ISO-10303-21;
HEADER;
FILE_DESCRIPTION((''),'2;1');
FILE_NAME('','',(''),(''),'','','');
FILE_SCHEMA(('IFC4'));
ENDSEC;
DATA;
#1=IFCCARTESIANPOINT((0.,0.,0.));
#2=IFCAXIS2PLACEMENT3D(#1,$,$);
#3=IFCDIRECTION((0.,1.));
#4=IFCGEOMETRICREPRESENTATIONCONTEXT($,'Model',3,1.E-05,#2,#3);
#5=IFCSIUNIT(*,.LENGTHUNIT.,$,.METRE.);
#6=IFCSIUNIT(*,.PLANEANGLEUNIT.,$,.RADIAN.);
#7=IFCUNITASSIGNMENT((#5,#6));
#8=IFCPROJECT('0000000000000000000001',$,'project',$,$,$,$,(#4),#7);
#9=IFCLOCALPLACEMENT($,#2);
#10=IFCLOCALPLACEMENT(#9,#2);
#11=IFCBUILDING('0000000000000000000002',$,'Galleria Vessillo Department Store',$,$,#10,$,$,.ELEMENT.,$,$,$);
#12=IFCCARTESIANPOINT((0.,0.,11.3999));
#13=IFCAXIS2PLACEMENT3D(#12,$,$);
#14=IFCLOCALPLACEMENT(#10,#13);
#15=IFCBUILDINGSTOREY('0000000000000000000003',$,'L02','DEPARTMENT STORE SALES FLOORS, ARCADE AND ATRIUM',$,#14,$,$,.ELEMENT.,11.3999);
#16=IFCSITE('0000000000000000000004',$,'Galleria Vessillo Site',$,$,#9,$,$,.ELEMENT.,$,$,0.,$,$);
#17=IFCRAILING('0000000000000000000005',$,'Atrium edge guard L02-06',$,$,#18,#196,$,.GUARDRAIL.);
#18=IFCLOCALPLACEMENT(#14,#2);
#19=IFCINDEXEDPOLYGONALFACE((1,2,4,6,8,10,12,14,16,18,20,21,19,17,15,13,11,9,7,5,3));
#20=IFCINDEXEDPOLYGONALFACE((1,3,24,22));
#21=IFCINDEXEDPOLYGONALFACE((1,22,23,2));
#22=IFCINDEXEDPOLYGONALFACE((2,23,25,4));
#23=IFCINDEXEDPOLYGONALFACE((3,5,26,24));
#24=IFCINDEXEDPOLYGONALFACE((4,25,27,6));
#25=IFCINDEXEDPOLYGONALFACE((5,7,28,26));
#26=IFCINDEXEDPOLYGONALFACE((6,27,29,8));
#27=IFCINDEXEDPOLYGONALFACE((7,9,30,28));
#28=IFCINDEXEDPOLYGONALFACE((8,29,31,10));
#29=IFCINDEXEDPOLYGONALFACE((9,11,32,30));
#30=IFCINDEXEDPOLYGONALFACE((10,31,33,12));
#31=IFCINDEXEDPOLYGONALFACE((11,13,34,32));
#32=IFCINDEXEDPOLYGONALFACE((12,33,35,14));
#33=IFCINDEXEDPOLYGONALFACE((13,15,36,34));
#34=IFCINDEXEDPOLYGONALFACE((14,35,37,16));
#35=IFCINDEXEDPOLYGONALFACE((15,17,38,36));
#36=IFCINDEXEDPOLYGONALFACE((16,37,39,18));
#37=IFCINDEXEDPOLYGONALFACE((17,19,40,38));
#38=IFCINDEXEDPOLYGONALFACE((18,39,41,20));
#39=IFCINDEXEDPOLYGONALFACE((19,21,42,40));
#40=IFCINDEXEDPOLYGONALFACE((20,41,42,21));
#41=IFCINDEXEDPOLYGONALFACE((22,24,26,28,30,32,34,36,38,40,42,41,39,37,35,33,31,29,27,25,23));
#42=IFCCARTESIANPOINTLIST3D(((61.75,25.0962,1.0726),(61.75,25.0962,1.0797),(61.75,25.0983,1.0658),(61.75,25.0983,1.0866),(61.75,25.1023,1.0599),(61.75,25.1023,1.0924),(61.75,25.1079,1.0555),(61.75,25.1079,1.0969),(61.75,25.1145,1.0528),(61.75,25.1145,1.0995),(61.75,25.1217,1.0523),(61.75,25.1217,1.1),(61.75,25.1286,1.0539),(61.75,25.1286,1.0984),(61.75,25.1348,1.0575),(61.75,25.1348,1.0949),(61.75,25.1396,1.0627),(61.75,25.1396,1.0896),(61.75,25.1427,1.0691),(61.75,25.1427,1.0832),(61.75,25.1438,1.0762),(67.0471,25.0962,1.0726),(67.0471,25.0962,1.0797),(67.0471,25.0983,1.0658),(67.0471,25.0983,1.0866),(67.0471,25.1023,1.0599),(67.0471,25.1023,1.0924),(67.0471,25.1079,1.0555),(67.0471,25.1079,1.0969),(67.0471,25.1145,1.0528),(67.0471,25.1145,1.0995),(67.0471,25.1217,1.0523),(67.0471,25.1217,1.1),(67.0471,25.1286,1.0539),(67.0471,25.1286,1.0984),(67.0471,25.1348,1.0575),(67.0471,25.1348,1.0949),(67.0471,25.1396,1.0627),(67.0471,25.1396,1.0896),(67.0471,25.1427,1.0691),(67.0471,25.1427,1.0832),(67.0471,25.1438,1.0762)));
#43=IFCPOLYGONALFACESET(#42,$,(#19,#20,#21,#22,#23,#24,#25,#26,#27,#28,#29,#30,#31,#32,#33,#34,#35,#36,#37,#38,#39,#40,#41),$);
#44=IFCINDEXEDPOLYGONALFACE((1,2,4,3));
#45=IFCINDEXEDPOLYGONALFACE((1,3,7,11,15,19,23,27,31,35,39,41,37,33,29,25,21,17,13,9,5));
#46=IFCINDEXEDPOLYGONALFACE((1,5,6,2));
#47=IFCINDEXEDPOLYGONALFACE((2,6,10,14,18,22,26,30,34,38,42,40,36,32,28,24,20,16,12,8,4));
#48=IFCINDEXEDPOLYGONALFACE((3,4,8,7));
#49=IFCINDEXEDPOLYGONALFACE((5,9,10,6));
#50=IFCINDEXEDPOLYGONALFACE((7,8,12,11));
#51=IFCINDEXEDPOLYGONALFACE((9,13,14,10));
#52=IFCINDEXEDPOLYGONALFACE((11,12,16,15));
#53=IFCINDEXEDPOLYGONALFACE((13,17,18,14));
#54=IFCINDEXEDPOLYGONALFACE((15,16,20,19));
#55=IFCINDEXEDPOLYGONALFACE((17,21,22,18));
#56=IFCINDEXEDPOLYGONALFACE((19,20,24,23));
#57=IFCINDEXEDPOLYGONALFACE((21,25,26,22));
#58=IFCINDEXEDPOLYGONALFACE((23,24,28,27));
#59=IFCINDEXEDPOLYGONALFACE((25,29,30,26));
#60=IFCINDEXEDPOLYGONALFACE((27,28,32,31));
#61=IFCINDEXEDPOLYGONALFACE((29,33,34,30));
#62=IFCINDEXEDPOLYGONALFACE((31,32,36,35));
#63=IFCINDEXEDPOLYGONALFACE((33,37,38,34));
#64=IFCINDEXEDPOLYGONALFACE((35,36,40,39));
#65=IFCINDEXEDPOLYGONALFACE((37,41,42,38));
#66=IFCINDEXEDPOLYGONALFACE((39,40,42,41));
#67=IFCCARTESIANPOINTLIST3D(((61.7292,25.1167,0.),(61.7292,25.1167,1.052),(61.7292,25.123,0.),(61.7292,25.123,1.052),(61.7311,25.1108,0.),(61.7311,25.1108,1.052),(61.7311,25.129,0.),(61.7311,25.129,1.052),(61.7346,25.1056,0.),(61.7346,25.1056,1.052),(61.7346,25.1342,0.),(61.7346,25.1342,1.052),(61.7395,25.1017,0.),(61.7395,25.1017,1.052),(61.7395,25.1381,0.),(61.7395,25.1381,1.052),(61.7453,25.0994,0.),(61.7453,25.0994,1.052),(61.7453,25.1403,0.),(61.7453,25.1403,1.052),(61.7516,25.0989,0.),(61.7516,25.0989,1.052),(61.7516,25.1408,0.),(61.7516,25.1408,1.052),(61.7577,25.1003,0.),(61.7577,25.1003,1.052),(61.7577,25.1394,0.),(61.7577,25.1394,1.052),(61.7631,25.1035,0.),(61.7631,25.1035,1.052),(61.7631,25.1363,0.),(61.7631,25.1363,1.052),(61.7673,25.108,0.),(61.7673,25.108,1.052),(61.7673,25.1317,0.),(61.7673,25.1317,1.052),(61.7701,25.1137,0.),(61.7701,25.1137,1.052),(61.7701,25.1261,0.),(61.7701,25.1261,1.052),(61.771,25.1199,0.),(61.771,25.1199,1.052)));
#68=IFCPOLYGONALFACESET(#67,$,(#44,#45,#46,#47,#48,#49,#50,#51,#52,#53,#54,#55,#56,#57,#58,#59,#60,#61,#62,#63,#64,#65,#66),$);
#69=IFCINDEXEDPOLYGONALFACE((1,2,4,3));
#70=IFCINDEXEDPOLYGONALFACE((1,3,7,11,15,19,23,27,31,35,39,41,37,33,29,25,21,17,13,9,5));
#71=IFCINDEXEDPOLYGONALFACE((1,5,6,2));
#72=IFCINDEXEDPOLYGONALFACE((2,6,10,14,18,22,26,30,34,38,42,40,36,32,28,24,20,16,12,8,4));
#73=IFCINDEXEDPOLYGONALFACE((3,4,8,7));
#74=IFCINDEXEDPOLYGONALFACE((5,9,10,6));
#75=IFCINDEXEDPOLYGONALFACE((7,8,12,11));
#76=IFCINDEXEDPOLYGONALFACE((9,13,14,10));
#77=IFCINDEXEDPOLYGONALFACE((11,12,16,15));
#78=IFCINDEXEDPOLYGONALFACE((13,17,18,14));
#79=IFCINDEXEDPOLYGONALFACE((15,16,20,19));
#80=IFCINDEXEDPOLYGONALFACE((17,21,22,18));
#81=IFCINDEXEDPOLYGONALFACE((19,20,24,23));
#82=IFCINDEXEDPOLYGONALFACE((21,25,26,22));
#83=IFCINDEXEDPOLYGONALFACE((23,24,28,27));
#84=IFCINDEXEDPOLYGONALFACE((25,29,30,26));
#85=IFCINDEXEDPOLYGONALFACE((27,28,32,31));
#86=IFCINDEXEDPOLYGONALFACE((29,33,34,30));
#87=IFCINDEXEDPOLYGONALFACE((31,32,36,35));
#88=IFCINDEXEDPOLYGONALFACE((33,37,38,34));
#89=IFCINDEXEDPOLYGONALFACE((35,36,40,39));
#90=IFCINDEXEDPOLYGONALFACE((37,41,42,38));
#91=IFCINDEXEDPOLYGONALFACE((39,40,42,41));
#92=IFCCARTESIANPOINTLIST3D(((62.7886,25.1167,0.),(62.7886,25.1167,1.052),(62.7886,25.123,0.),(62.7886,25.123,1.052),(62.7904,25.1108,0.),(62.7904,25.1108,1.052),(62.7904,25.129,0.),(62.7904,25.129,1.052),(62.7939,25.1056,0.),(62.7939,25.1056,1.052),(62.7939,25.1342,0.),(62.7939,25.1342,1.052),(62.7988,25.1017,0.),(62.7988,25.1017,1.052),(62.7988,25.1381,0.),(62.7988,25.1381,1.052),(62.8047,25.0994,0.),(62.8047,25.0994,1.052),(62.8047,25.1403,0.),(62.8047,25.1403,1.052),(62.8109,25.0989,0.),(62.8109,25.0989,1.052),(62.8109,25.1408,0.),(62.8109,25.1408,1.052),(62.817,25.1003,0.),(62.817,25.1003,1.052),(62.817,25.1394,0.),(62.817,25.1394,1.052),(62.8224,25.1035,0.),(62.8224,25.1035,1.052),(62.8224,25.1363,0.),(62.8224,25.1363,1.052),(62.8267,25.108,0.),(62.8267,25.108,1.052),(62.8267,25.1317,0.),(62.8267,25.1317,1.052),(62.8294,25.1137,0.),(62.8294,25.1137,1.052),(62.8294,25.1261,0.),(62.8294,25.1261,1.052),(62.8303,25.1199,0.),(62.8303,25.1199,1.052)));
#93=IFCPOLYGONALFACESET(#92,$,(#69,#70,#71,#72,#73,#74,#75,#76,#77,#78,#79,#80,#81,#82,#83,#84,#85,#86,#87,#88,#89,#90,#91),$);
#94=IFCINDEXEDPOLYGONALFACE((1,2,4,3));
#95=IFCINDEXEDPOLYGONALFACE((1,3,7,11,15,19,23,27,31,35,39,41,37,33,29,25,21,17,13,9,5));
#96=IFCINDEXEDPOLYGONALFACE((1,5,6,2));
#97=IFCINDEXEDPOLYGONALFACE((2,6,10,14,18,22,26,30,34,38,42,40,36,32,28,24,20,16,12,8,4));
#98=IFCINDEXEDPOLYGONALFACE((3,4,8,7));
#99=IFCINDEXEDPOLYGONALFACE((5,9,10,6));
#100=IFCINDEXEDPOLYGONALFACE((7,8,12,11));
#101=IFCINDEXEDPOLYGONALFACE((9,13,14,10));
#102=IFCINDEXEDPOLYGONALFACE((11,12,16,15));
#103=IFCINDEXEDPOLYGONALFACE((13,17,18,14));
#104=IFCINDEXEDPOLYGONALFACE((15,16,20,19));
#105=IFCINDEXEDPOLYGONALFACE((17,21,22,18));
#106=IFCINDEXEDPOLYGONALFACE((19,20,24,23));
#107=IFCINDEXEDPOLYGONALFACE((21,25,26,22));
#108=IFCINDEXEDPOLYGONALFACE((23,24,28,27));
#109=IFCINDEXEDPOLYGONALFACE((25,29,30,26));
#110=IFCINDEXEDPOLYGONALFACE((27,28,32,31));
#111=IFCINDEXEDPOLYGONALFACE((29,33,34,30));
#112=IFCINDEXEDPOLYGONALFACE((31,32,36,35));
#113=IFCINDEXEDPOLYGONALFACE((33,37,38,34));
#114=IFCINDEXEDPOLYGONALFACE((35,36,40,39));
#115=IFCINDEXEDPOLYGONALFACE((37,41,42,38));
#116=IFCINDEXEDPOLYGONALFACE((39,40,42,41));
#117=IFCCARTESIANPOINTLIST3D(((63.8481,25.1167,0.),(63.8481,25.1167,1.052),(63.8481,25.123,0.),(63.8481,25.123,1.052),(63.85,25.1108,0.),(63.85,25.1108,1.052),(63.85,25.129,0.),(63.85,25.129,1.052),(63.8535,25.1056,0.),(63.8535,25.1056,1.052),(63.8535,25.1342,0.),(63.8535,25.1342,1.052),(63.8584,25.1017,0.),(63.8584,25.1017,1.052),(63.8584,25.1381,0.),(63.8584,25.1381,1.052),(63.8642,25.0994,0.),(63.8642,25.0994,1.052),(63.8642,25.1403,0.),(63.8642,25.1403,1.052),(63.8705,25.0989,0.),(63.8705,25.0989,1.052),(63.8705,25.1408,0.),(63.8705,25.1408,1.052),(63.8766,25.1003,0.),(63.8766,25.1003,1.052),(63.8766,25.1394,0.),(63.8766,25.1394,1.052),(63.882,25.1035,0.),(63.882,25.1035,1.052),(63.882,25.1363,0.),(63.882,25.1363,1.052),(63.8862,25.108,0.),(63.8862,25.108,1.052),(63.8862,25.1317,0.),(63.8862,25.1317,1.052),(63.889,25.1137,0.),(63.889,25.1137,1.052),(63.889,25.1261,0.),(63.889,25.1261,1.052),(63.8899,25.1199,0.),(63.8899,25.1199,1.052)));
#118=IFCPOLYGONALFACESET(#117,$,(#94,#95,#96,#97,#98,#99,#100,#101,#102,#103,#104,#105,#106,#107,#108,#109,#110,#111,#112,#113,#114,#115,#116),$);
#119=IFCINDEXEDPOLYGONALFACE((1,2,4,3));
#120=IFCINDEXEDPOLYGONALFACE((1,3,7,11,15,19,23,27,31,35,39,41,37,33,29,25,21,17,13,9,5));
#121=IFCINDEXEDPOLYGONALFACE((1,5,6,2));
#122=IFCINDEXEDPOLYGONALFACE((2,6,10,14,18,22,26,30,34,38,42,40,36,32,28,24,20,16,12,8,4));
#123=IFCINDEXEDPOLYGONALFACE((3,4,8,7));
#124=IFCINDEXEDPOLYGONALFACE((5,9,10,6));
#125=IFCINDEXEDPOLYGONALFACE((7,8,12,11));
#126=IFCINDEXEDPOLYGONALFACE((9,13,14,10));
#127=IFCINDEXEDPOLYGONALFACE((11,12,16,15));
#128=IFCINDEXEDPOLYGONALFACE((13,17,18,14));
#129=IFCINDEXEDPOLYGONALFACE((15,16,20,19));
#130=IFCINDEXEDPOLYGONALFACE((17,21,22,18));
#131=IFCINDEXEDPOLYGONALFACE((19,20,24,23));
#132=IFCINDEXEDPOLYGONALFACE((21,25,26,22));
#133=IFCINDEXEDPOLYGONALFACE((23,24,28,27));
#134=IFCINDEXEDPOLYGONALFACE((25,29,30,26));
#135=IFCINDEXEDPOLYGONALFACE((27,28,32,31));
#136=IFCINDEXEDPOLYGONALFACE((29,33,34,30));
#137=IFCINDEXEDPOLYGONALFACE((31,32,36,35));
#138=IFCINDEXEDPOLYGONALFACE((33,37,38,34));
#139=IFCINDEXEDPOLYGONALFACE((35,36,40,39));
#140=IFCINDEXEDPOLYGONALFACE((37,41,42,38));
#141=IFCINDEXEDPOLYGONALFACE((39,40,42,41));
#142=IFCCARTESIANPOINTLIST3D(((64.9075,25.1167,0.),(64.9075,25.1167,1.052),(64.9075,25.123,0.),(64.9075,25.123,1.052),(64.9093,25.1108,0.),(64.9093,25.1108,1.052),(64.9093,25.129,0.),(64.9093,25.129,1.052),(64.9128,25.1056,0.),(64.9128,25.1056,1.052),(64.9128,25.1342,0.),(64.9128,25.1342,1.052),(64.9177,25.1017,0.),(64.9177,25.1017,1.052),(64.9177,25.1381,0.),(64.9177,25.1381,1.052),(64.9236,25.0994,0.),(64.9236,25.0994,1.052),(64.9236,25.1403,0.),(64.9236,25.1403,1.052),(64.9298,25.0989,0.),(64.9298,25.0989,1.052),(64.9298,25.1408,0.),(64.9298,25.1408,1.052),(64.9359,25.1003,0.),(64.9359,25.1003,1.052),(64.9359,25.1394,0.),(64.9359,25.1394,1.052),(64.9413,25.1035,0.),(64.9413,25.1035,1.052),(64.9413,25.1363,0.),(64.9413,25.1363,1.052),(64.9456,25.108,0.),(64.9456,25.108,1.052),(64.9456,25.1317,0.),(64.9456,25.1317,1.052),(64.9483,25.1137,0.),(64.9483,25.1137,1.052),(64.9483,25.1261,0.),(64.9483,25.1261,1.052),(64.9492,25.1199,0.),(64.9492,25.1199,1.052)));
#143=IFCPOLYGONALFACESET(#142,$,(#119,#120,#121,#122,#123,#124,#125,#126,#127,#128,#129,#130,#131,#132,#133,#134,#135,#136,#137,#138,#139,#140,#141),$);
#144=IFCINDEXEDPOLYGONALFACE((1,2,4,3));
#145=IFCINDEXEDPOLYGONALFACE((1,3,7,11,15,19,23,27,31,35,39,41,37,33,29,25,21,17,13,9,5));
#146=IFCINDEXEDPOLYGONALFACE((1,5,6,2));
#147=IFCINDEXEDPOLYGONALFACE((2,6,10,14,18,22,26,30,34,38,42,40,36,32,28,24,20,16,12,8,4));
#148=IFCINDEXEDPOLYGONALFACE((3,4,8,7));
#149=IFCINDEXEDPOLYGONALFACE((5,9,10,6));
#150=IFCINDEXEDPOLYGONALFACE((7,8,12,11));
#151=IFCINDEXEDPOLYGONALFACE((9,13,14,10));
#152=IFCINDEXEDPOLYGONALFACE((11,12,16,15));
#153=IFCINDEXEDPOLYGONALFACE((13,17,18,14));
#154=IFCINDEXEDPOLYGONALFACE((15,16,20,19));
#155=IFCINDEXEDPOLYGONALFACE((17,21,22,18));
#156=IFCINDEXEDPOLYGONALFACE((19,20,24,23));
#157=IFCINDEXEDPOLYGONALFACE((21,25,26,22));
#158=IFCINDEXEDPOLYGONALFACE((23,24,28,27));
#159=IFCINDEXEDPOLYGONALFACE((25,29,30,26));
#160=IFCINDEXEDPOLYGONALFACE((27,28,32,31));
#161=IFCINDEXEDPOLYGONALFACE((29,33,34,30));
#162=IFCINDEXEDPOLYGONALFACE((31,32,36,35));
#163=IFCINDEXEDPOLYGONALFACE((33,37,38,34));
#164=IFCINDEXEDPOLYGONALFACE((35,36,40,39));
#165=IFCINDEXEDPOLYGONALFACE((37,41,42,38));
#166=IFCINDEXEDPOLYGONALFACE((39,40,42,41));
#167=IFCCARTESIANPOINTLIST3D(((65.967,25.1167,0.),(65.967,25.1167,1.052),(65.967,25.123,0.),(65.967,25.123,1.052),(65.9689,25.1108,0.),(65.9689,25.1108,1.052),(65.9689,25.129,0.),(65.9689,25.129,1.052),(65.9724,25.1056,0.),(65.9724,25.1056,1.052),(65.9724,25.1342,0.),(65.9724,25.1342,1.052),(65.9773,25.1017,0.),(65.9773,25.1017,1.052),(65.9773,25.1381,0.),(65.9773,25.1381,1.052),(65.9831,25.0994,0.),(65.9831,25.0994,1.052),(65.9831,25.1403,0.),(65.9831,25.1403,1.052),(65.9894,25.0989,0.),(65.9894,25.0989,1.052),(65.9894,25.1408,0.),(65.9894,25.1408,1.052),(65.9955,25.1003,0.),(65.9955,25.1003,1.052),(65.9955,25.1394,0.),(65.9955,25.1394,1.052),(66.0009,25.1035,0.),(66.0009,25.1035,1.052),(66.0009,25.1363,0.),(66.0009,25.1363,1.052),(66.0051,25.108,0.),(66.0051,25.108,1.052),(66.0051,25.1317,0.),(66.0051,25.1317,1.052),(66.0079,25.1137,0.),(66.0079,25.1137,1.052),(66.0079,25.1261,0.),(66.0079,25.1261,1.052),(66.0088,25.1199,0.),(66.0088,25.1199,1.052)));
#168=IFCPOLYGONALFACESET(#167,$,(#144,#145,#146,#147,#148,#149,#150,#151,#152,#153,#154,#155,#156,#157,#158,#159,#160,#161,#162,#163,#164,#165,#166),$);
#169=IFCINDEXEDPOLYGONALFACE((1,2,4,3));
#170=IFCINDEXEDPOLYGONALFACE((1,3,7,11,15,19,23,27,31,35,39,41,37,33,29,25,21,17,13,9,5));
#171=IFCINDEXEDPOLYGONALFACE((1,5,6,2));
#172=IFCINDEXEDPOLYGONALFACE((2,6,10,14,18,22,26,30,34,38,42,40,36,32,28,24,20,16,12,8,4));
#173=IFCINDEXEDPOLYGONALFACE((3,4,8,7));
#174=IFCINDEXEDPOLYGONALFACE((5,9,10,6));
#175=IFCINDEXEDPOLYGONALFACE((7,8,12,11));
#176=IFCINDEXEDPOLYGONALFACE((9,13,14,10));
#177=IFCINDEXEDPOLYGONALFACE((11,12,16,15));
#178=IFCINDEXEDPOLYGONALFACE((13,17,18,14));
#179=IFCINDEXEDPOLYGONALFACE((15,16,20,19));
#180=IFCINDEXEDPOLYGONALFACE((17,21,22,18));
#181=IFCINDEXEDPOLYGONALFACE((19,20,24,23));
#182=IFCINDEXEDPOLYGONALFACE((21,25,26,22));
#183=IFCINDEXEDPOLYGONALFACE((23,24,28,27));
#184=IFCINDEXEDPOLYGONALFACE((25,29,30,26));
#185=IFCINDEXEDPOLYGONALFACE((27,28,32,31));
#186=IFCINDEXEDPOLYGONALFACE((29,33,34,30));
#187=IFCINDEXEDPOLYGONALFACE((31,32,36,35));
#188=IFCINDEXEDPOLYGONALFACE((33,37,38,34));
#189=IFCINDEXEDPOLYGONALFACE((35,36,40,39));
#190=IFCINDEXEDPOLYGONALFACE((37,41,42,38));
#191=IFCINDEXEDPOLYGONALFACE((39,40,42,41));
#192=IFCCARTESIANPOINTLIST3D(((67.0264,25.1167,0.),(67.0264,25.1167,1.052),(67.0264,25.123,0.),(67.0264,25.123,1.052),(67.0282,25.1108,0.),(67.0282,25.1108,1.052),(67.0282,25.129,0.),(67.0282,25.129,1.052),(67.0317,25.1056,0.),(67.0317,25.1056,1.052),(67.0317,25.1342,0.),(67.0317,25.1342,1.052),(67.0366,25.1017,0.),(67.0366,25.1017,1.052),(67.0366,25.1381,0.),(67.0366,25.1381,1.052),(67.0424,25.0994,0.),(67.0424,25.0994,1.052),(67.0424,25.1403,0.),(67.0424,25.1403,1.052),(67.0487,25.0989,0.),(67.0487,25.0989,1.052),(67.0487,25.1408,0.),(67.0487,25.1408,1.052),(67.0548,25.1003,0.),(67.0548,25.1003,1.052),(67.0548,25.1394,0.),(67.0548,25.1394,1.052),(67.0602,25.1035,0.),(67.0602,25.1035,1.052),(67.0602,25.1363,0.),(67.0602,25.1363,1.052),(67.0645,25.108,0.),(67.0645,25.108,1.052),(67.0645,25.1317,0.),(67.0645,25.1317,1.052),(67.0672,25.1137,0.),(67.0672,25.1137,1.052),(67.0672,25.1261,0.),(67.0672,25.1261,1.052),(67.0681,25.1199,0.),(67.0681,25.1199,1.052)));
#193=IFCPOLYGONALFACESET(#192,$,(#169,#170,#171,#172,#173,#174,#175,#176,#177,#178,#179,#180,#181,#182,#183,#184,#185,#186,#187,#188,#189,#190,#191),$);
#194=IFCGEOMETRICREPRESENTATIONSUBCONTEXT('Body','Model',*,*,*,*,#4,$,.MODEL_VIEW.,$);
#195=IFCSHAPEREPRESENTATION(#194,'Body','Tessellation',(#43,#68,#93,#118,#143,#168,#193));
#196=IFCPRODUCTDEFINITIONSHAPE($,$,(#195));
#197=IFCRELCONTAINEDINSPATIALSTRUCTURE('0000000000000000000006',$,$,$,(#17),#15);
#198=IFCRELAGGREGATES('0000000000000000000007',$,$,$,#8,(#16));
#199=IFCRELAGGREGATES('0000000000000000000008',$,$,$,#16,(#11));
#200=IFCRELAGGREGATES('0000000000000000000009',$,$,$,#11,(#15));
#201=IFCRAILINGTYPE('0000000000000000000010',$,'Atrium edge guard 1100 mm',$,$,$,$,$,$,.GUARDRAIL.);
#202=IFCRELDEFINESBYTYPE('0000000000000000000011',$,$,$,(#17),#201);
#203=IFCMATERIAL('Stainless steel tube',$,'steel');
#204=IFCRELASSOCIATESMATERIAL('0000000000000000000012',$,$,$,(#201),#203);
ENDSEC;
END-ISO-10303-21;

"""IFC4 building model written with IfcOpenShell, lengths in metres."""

from ifc_helpers import new_model, si_unit, direction, frame, origin, origin_2d, place, context, subcontext, project, spatial, circle, extrude, material, type_object, element, save


model = new_model("IFC4")

# Units and contexts
model_context = context("Model", 3, precision=1e-05, world=origin(), true_north=direction((0.0, 1.0)))
body_context = subcontext(model_context, "Body", "Model", "MODEL_VIEW")
ifc_project = project(units=[si_unit("LENGTHUNIT", "METRE"), si_unit("PLANEANGLEUNIT", "RADIAN")], contexts=[model_context])

# Site, building, storey
site_placement = place(None, origin())
site = spatial("IfcSite", under=ifc_project, at=site_placement, Name="Galleria Vessillo Site", CompositionType="ELEMENT", RefElevation=0.0)
building_placement = place(site_placement, origin())
building = spatial("IfcBuilding", under=site, at=building_placement, Name="Galleria Vessillo Department Store", CompositionType="ELEMENT")
storey_placement = place(building_placement, frame((0.0, 0.0, 11.3999)))
storey = spatial("IfcBuildingStorey", under=building, at=storey_placement, Name="L02", Description="DEPARTMENT STORE SALES FLOORS, ARCADE AND ATRIUM", CompositionType="ELEMENT", Elevation=11.3999)

# Railing
ifc_material_1 = material(Name="Stainless steel tube", Category="steel")
railing_type_1 = type_object("IfcRailingType", Name="Atrium edge guard 1100 mm", PredefinedType="GUARDRAIL", material=ifc_material_1)
railing_1_placement = place(storey_placement, frame((61.75, 25.1199, 0.0)))
element("IfcRailing", 1, at=railing_1_placement, inside=storey, type_object=railing_type_1, Name="Atrium edge guard L02-06", PredefinedType="GUARDRAIL", context=body_context, shape_type="SweptSolid", body=[
    extrude(circle(Radius=0.0239, at=origin_2d()), frame((0.0, 0.0, 1.0762), z_axis=(1.0, 0.0, 0.0), x_axis=(0.0, 1.0, 0.0)), (0.0, 0.0, 1.0), 5.2971),
    extrude(circle(Radius=0.021, at=origin_2d()), origin(), (0.0, 0.0, 1.0), 1.052),
    extrude(circle(Radius=0.021, at=origin_2d()), frame((1.0593, 0.0, 0.0)), (0.0, 0.0, 1.0), 1.052),
    extrude(circle(Radius=0.021, at=origin_2d()), frame((2.1189, 0.0, 0.0)), (0.0, 0.0, 1.0), 1.052),
    extrude(circle(Radius=0.021, at=origin_2d()), frame((3.1782, 0.0, 0.0)), (0.0, 0.0, 1.0), 1.052),
    extrude(circle(Radius=0.021, at=origin_2d()), frame((4.2378, 0.0, 0.0)), (0.0, 0.0, 1.0), 1.052),
    extrude(circle(Radius=0.021, at=origin_2d()), frame((5.2971, 0.0, 0.0)), (0.0, 0.0, 1.0), 1.052),
])

save(model, "model.ifc")
